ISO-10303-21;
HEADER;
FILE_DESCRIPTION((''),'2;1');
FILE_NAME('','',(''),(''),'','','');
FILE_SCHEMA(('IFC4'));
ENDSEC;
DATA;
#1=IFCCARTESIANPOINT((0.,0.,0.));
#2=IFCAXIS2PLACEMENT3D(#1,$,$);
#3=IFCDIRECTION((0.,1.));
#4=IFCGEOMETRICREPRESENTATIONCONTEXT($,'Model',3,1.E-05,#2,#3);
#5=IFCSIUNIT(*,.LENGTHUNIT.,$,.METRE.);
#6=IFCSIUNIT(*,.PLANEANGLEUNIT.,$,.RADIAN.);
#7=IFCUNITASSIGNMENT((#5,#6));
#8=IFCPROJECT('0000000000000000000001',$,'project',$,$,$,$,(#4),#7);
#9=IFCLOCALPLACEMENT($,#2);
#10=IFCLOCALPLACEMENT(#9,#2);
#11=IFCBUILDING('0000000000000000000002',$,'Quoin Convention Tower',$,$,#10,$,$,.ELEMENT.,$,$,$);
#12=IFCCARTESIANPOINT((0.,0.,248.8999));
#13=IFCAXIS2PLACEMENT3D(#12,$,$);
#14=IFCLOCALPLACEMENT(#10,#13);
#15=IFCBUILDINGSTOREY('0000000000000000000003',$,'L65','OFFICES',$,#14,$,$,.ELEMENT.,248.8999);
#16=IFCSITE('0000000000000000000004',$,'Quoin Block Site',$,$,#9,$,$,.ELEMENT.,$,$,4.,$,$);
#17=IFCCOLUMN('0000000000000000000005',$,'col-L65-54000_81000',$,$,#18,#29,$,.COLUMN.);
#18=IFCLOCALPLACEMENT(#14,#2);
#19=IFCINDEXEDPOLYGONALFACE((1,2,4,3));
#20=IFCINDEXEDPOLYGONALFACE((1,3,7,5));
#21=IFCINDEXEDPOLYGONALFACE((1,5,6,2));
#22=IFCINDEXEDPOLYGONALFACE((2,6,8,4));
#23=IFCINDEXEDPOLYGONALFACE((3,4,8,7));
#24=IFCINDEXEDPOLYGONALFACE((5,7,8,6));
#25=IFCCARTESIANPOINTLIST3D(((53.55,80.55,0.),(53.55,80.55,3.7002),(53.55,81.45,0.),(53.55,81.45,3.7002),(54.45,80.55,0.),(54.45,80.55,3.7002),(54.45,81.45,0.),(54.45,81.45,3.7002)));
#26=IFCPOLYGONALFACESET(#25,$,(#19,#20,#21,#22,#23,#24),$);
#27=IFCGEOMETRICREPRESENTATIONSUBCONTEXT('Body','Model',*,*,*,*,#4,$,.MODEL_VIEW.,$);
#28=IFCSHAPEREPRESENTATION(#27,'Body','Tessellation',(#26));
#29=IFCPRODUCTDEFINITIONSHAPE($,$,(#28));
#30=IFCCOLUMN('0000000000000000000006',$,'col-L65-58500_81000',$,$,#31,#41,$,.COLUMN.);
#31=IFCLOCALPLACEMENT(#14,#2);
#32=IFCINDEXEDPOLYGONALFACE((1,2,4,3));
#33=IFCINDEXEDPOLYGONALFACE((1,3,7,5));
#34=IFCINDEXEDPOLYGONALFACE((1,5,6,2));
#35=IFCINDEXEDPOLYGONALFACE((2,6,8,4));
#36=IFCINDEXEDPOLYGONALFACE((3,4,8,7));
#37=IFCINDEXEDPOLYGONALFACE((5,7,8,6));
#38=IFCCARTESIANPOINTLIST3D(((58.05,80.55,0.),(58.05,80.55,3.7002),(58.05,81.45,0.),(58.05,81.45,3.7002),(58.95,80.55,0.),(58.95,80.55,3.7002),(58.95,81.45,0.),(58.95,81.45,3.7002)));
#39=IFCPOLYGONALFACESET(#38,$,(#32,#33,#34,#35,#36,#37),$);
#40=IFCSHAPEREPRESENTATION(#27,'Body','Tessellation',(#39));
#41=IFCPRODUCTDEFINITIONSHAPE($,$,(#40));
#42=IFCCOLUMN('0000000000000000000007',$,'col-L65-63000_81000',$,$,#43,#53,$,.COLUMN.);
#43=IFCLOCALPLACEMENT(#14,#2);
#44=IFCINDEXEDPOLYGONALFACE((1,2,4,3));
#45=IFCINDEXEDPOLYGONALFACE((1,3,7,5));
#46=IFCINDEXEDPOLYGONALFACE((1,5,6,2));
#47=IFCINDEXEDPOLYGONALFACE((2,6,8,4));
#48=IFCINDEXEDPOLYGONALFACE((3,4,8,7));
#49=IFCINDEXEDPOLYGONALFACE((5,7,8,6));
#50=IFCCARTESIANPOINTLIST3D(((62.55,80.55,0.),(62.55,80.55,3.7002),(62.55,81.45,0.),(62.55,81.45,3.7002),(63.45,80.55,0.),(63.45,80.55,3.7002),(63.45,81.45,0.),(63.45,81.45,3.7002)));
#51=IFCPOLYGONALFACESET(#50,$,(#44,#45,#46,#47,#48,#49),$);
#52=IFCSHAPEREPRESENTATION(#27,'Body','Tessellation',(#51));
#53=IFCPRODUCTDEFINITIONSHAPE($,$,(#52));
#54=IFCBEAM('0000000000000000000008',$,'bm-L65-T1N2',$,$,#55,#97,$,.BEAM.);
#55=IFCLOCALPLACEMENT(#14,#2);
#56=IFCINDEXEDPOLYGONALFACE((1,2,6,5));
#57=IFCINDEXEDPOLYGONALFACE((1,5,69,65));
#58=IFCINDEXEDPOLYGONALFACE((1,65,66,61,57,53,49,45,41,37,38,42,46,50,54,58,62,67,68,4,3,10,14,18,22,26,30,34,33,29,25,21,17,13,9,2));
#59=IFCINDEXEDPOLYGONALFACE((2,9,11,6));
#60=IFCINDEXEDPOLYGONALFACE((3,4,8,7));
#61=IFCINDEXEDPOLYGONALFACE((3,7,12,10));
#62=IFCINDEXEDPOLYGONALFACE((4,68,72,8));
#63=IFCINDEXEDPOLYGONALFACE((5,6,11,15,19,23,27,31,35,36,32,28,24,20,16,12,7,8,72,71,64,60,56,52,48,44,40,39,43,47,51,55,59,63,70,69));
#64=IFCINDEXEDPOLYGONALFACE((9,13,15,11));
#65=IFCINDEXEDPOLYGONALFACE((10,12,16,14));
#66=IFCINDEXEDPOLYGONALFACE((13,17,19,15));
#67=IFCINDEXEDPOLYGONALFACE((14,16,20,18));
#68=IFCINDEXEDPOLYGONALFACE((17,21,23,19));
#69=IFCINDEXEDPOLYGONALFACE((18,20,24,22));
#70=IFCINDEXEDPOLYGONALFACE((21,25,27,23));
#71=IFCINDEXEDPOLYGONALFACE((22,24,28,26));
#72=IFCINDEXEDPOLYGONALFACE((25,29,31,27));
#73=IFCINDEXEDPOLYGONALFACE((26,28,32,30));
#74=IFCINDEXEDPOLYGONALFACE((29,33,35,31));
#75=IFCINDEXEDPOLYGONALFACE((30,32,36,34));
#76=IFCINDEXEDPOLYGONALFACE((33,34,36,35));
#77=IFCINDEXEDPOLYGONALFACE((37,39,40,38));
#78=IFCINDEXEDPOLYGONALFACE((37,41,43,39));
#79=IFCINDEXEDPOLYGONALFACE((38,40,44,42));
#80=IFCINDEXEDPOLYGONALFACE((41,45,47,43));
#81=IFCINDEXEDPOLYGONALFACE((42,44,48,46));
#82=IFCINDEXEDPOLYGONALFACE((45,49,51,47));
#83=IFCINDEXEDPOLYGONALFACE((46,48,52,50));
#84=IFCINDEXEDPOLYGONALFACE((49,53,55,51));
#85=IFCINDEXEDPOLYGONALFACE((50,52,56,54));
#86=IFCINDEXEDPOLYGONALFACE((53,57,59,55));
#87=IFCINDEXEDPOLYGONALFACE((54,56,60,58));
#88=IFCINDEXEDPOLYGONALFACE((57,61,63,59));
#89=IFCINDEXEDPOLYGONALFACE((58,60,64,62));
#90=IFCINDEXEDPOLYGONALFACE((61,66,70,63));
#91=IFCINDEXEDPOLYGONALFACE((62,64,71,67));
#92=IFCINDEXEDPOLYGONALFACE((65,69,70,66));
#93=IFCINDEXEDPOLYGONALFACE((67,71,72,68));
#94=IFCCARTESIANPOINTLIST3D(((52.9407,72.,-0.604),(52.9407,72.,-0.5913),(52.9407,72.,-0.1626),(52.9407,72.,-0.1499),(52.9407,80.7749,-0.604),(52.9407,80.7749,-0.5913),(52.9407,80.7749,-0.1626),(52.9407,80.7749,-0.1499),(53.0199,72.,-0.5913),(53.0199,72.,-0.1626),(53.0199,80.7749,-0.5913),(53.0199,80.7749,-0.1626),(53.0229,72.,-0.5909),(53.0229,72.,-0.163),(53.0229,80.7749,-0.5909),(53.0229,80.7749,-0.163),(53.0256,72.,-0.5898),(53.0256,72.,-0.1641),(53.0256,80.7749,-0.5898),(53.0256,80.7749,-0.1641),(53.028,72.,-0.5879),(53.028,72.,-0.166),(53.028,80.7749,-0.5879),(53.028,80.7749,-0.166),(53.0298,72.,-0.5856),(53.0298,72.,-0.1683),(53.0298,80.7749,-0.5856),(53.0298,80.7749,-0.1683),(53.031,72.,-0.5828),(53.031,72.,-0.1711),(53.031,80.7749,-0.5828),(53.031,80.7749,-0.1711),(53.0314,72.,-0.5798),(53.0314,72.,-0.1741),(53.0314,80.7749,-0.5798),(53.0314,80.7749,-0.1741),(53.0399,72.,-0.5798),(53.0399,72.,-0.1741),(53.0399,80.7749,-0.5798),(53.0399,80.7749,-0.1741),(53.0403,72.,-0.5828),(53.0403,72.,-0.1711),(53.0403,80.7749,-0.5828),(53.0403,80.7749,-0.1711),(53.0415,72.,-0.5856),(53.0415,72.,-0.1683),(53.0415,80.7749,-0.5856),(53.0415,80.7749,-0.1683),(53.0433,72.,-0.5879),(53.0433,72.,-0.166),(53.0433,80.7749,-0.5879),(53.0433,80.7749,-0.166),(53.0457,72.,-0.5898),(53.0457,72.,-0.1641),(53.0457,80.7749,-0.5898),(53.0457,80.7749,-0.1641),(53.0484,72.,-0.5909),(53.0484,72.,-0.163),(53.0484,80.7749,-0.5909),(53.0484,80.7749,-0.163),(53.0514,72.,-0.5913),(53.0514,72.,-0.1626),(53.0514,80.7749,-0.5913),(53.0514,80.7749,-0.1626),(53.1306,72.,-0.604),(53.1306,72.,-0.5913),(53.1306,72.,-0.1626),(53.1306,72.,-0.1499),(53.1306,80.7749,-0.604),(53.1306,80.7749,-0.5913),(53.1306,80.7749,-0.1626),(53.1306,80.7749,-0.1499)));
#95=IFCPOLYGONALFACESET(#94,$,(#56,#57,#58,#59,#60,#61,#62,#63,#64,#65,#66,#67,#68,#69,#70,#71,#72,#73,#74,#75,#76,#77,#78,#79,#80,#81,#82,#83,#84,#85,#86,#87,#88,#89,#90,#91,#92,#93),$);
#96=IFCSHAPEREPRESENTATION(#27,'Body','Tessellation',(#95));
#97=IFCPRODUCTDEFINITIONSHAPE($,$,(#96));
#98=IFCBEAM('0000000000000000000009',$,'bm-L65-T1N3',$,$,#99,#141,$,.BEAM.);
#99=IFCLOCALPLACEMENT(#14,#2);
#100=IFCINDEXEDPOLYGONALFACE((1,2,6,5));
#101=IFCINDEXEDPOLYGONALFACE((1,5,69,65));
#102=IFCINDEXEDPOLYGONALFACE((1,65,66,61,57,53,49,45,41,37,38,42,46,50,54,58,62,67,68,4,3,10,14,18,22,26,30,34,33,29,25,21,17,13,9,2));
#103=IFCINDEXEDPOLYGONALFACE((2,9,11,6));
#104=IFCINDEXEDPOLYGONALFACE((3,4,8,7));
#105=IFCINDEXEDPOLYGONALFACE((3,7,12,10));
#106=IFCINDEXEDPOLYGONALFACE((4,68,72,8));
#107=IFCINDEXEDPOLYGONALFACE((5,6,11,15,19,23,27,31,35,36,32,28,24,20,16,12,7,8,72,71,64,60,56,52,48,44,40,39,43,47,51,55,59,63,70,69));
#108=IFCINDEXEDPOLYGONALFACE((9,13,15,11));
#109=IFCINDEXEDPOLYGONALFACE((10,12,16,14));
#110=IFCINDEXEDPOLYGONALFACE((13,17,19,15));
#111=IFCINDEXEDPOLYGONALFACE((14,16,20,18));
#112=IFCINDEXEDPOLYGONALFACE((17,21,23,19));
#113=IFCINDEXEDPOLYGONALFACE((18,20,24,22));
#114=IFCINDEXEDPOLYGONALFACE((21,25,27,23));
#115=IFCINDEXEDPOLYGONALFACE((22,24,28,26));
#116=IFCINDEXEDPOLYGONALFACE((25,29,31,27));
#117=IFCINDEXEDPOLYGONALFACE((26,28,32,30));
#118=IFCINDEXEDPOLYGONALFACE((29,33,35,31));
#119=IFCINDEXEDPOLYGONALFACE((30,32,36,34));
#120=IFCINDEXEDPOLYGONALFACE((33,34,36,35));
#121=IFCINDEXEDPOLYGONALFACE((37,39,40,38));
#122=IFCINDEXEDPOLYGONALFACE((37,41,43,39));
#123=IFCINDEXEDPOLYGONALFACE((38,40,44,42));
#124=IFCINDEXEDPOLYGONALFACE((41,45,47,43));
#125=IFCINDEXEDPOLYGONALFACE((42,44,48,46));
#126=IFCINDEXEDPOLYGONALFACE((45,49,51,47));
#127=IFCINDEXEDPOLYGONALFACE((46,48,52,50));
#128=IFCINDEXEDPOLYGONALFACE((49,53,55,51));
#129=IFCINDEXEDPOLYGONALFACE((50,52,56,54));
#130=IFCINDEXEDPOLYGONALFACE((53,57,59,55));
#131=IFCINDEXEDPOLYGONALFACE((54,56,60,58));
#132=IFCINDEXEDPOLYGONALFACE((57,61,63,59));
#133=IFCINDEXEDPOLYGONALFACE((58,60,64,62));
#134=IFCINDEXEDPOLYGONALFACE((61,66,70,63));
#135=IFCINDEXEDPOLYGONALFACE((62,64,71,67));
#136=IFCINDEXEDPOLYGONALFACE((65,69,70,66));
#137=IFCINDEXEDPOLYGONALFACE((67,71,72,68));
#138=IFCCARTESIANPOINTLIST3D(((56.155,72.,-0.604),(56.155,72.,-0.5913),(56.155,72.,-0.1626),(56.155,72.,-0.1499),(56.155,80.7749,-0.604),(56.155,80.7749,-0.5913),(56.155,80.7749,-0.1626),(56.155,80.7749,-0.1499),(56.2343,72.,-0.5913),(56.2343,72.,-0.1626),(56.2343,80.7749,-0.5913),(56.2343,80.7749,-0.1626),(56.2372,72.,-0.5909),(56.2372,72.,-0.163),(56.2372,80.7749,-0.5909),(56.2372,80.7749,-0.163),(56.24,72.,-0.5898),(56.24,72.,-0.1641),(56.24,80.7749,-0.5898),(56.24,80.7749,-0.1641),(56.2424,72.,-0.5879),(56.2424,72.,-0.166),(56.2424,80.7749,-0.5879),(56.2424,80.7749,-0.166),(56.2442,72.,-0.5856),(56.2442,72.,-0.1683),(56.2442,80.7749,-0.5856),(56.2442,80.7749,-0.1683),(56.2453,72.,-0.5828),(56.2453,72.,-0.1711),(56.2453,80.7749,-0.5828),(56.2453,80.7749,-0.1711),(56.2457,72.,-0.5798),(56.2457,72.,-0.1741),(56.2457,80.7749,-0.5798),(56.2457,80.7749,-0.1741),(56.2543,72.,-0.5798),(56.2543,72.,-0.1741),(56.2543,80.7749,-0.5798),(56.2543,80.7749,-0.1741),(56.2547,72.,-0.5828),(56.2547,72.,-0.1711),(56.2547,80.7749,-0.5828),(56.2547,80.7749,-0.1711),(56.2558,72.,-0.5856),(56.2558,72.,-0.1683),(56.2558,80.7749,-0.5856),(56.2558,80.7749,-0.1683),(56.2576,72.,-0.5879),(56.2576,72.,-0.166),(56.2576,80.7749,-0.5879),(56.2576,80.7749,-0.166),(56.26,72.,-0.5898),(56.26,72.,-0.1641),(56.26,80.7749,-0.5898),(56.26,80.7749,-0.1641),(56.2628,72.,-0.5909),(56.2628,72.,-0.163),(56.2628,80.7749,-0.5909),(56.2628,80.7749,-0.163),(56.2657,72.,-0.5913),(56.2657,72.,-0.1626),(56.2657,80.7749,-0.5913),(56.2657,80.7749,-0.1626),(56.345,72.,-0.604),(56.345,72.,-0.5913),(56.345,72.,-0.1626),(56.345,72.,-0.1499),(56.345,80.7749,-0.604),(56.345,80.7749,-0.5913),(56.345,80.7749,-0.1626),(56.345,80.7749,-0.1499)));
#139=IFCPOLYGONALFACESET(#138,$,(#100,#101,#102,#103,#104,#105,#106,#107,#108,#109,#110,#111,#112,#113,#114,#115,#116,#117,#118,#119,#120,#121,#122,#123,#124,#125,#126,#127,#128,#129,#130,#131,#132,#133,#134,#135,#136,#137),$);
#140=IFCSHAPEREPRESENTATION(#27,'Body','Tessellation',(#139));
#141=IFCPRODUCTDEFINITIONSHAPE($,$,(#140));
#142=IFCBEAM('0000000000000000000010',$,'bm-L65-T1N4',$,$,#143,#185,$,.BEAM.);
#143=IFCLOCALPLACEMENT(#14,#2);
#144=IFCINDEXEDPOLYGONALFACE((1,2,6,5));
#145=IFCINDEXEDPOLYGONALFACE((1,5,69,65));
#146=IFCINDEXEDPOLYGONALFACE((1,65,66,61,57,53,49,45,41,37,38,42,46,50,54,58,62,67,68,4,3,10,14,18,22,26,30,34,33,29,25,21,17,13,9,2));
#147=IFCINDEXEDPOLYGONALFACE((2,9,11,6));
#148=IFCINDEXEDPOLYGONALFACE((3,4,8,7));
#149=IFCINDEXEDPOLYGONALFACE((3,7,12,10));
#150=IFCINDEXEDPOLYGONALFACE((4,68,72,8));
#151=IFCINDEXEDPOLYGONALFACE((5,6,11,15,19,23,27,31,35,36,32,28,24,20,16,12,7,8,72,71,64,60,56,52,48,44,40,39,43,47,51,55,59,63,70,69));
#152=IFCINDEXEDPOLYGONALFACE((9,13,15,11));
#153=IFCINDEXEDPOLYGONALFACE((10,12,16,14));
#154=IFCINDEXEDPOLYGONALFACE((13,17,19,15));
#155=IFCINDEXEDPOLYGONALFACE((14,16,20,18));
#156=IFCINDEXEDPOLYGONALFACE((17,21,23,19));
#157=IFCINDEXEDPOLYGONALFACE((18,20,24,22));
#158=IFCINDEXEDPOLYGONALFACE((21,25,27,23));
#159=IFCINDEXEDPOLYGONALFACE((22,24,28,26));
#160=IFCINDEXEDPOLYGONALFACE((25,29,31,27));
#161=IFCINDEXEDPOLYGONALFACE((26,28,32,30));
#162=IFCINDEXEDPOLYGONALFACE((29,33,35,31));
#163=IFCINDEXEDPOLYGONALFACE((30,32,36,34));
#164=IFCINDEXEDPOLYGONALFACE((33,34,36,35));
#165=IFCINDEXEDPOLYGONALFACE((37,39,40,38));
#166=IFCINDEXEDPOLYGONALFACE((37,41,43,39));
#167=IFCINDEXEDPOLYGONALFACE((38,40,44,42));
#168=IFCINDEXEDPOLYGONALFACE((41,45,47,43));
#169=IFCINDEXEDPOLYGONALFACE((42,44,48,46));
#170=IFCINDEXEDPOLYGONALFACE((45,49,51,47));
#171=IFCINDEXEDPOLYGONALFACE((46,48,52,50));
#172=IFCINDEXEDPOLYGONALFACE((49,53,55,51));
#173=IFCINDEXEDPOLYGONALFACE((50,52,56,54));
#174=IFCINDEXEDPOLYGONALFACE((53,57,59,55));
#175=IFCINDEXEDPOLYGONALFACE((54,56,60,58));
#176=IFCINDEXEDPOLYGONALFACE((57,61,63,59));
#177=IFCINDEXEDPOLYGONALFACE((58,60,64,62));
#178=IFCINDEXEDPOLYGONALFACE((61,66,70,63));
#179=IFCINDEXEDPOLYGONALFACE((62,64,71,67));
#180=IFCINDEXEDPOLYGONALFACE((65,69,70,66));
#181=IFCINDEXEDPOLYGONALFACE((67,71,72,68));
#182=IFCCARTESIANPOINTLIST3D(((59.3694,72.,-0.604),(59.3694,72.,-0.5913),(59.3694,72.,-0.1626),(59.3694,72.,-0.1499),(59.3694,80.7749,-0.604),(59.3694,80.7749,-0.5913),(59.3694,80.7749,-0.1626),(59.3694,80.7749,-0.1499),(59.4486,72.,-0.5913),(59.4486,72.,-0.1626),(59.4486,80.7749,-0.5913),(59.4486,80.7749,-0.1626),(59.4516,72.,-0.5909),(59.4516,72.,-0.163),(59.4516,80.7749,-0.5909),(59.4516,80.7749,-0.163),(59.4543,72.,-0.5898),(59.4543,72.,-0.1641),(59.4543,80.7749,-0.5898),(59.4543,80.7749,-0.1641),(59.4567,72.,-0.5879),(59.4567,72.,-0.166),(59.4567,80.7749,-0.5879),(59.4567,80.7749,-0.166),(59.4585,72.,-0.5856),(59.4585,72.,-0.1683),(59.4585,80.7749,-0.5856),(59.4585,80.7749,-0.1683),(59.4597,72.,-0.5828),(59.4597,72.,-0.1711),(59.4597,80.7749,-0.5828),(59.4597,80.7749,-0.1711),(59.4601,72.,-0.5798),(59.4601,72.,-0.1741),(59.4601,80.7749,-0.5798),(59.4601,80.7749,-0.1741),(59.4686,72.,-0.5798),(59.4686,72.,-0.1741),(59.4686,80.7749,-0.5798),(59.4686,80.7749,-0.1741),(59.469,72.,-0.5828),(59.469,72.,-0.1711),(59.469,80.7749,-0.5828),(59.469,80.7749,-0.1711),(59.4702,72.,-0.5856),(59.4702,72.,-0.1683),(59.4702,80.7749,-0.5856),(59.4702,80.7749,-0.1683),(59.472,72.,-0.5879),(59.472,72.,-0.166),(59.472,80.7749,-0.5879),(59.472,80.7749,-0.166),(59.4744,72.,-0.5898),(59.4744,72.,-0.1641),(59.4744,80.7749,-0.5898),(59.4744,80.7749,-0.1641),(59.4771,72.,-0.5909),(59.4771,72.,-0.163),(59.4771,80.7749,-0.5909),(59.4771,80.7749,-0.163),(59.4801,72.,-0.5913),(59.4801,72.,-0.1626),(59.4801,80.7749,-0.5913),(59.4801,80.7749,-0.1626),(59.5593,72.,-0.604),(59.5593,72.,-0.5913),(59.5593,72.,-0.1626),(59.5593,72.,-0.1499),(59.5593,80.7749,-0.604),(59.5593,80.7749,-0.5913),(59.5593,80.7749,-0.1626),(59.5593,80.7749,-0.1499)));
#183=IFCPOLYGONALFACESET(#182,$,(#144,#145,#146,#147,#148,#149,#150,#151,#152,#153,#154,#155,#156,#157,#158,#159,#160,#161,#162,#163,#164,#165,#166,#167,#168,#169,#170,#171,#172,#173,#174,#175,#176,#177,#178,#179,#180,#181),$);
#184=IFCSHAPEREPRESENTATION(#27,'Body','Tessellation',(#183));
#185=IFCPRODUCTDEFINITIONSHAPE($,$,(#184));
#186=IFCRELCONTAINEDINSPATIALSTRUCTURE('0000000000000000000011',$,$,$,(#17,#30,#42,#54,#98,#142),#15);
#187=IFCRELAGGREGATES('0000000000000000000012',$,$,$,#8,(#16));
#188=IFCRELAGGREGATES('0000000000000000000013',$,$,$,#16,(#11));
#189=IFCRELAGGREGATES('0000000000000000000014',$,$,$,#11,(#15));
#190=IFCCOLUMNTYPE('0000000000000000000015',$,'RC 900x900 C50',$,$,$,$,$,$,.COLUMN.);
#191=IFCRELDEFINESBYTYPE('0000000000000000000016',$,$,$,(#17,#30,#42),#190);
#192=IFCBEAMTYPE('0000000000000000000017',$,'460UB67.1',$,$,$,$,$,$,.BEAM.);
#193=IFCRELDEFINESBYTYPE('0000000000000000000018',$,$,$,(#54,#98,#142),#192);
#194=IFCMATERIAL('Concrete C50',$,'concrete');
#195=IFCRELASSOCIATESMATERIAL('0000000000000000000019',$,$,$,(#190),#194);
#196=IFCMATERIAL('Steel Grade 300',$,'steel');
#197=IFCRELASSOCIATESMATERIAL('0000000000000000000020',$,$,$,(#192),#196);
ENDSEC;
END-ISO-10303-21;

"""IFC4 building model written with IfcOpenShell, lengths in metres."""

from ifc_helpers import new_model, si_unit, direction, frame, origin, origin_2d, place, context, subcontext, project, spatial, rectangle, i_section, extrude, material, material_profile, profile_set, type_object, element, save


model = new_model("IFC4")

# Units and contexts
model_context = context("Model", 3, precision=1e-05, world=origin(), true_north=direction((0.0, 1.0)))
body_context = subcontext(model_context, "Body", "Model", "MODEL_VIEW")
ifc_project = project(units=[si_unit("LENGTHUNIT", "METRE"), si_unit("PLANEANGLEUNIT", "RADIAN")], contexts=[model_context])

# Site, building, storey
site_placement = place(None, origin())
site = spatial("IfcSite", under=ifc_project, at=site_placement, Name="Quoin Block Site", CompositionType="ELEMENT", RefElevation=4.0)
building_placement = place(site_placement, origin())
building = spatial("IfcBuilding", under=site, at=building_placement, Name="Quoin Convention Tower", CompositionType="ELEMENT")
storey_placement = place(building_placement, frame((0.0, 0.0, 248.8999)))
storey = spatial("IfcBuildingStorey", under=building, at=storey_placement, Name="L65", Description="OFFICES", CompositionType="ELEMENT", Elevation=248.8999)

# Columns
ifc_material_1 = material(Name="Concrete C50", Category="concrete")
ifc_material_profile_1 = material_profile(ifc_material_1, rectangle(XDim=0.8999, YDim=0.8999, at=origin_2d()), Name="RC 900x900")
ifc_profile_set_1 = profile_set([ifc_material_profile_1], Name="Concrete C50")
column_type = type_object("IfcColumnType", Name="RC 900x900 C50", PredefinedType="COLUMN", material=ifc_profile_set_1)
for number, where, z_axis, x_axis, name in (
    (1, (54.0, 81.0, 0.0), (0.0, 0.0, 1.0), (1.0, 0.0, 0.0), "col-L65-54000_81000"),
    (2, (58.5, 81.0, 0.0), (0.0, 0.0, 1.0), (1.0, 0.0, 0.0), "col-L65-58500_81000"),
    (3, (63.0, 81.0, 0.0), (0.0, 0.0, 1.0), (1.0, 0.0, 0.0), "col-L65-63000_81000"),
):
    element("IfcColumn", number, at=place(storey_placement, frame(where, z_axis=z_axis, x_axis=x_axis)), inside=storey, type_object=column_type, Name=name, PredefinedType="COLUMN", context=body_context, shape_type="SweptSolid", body=[
        extrude(rectangle(XDim=0.8999, YDim=0.8999, at=origin_2d()), origin(), (0.0, 0.0, 1.0), 3.7002),
    ])

# Beams
ifc_material_2 = material(Name="Steel Grade 300", Category="steel")
ifc_material_profile_2 = material_profile(ifc_material_2, i_section(OverallWidth=0.1899, OverallDepth=0.4541, WebThickness=0.0085, FlangeThickness=0.0127, FilletRadius=0.0115, at=origin_2d()), Name="460UB67.1")
ifc_profile_set_2 = profile_set([ifc_material_profile_2], Name="Steel Grade 300")
beam_type_1 = type_object("IfcBeamType", Name="460UB67.1", PredefinedType="BEAM", material=ifc_profile_set_2)
for number, where, z_axis, x_axis, name in (
    (4, (53.0356, 72.0, -0.377), (0.0, 1.0, 0.0), (-1.0, 0.0, 0.0), "bm-L65-T1N2"),
    (5, (56.25, 72.0, -0.377), (0.0, 1.0, 0.0), (-1.0, 0.0, 0.0), "bm-L65-T1N3"),
    (6, (59.4644, 72.0, -0.377), (0.0, 1.0, 0.0), (-1.0, 0.0, 0.0), "bm-L65-T1N4"),
):
    element("IfcBeam", number, at=place(storey_placement, frame(where, z_axis=z_axis, x_axis=x_axis)), inside=storey, type_object=beam_type_1, Name=name, PredefinedType="BEAM", context=body_context, shape_type="SweptSolid", body=[
        extrude(i_section(OverallWidth=0.1899, OverallDepth=0.4541, WebThickness=0.0085, FlangeThickness=0.0127, FilletRadius=0.0115, at=origin_2d()), origin(), (0.0, 0.0, 1.0), 8.7749),
    ])

save(model, "model.ifc")
